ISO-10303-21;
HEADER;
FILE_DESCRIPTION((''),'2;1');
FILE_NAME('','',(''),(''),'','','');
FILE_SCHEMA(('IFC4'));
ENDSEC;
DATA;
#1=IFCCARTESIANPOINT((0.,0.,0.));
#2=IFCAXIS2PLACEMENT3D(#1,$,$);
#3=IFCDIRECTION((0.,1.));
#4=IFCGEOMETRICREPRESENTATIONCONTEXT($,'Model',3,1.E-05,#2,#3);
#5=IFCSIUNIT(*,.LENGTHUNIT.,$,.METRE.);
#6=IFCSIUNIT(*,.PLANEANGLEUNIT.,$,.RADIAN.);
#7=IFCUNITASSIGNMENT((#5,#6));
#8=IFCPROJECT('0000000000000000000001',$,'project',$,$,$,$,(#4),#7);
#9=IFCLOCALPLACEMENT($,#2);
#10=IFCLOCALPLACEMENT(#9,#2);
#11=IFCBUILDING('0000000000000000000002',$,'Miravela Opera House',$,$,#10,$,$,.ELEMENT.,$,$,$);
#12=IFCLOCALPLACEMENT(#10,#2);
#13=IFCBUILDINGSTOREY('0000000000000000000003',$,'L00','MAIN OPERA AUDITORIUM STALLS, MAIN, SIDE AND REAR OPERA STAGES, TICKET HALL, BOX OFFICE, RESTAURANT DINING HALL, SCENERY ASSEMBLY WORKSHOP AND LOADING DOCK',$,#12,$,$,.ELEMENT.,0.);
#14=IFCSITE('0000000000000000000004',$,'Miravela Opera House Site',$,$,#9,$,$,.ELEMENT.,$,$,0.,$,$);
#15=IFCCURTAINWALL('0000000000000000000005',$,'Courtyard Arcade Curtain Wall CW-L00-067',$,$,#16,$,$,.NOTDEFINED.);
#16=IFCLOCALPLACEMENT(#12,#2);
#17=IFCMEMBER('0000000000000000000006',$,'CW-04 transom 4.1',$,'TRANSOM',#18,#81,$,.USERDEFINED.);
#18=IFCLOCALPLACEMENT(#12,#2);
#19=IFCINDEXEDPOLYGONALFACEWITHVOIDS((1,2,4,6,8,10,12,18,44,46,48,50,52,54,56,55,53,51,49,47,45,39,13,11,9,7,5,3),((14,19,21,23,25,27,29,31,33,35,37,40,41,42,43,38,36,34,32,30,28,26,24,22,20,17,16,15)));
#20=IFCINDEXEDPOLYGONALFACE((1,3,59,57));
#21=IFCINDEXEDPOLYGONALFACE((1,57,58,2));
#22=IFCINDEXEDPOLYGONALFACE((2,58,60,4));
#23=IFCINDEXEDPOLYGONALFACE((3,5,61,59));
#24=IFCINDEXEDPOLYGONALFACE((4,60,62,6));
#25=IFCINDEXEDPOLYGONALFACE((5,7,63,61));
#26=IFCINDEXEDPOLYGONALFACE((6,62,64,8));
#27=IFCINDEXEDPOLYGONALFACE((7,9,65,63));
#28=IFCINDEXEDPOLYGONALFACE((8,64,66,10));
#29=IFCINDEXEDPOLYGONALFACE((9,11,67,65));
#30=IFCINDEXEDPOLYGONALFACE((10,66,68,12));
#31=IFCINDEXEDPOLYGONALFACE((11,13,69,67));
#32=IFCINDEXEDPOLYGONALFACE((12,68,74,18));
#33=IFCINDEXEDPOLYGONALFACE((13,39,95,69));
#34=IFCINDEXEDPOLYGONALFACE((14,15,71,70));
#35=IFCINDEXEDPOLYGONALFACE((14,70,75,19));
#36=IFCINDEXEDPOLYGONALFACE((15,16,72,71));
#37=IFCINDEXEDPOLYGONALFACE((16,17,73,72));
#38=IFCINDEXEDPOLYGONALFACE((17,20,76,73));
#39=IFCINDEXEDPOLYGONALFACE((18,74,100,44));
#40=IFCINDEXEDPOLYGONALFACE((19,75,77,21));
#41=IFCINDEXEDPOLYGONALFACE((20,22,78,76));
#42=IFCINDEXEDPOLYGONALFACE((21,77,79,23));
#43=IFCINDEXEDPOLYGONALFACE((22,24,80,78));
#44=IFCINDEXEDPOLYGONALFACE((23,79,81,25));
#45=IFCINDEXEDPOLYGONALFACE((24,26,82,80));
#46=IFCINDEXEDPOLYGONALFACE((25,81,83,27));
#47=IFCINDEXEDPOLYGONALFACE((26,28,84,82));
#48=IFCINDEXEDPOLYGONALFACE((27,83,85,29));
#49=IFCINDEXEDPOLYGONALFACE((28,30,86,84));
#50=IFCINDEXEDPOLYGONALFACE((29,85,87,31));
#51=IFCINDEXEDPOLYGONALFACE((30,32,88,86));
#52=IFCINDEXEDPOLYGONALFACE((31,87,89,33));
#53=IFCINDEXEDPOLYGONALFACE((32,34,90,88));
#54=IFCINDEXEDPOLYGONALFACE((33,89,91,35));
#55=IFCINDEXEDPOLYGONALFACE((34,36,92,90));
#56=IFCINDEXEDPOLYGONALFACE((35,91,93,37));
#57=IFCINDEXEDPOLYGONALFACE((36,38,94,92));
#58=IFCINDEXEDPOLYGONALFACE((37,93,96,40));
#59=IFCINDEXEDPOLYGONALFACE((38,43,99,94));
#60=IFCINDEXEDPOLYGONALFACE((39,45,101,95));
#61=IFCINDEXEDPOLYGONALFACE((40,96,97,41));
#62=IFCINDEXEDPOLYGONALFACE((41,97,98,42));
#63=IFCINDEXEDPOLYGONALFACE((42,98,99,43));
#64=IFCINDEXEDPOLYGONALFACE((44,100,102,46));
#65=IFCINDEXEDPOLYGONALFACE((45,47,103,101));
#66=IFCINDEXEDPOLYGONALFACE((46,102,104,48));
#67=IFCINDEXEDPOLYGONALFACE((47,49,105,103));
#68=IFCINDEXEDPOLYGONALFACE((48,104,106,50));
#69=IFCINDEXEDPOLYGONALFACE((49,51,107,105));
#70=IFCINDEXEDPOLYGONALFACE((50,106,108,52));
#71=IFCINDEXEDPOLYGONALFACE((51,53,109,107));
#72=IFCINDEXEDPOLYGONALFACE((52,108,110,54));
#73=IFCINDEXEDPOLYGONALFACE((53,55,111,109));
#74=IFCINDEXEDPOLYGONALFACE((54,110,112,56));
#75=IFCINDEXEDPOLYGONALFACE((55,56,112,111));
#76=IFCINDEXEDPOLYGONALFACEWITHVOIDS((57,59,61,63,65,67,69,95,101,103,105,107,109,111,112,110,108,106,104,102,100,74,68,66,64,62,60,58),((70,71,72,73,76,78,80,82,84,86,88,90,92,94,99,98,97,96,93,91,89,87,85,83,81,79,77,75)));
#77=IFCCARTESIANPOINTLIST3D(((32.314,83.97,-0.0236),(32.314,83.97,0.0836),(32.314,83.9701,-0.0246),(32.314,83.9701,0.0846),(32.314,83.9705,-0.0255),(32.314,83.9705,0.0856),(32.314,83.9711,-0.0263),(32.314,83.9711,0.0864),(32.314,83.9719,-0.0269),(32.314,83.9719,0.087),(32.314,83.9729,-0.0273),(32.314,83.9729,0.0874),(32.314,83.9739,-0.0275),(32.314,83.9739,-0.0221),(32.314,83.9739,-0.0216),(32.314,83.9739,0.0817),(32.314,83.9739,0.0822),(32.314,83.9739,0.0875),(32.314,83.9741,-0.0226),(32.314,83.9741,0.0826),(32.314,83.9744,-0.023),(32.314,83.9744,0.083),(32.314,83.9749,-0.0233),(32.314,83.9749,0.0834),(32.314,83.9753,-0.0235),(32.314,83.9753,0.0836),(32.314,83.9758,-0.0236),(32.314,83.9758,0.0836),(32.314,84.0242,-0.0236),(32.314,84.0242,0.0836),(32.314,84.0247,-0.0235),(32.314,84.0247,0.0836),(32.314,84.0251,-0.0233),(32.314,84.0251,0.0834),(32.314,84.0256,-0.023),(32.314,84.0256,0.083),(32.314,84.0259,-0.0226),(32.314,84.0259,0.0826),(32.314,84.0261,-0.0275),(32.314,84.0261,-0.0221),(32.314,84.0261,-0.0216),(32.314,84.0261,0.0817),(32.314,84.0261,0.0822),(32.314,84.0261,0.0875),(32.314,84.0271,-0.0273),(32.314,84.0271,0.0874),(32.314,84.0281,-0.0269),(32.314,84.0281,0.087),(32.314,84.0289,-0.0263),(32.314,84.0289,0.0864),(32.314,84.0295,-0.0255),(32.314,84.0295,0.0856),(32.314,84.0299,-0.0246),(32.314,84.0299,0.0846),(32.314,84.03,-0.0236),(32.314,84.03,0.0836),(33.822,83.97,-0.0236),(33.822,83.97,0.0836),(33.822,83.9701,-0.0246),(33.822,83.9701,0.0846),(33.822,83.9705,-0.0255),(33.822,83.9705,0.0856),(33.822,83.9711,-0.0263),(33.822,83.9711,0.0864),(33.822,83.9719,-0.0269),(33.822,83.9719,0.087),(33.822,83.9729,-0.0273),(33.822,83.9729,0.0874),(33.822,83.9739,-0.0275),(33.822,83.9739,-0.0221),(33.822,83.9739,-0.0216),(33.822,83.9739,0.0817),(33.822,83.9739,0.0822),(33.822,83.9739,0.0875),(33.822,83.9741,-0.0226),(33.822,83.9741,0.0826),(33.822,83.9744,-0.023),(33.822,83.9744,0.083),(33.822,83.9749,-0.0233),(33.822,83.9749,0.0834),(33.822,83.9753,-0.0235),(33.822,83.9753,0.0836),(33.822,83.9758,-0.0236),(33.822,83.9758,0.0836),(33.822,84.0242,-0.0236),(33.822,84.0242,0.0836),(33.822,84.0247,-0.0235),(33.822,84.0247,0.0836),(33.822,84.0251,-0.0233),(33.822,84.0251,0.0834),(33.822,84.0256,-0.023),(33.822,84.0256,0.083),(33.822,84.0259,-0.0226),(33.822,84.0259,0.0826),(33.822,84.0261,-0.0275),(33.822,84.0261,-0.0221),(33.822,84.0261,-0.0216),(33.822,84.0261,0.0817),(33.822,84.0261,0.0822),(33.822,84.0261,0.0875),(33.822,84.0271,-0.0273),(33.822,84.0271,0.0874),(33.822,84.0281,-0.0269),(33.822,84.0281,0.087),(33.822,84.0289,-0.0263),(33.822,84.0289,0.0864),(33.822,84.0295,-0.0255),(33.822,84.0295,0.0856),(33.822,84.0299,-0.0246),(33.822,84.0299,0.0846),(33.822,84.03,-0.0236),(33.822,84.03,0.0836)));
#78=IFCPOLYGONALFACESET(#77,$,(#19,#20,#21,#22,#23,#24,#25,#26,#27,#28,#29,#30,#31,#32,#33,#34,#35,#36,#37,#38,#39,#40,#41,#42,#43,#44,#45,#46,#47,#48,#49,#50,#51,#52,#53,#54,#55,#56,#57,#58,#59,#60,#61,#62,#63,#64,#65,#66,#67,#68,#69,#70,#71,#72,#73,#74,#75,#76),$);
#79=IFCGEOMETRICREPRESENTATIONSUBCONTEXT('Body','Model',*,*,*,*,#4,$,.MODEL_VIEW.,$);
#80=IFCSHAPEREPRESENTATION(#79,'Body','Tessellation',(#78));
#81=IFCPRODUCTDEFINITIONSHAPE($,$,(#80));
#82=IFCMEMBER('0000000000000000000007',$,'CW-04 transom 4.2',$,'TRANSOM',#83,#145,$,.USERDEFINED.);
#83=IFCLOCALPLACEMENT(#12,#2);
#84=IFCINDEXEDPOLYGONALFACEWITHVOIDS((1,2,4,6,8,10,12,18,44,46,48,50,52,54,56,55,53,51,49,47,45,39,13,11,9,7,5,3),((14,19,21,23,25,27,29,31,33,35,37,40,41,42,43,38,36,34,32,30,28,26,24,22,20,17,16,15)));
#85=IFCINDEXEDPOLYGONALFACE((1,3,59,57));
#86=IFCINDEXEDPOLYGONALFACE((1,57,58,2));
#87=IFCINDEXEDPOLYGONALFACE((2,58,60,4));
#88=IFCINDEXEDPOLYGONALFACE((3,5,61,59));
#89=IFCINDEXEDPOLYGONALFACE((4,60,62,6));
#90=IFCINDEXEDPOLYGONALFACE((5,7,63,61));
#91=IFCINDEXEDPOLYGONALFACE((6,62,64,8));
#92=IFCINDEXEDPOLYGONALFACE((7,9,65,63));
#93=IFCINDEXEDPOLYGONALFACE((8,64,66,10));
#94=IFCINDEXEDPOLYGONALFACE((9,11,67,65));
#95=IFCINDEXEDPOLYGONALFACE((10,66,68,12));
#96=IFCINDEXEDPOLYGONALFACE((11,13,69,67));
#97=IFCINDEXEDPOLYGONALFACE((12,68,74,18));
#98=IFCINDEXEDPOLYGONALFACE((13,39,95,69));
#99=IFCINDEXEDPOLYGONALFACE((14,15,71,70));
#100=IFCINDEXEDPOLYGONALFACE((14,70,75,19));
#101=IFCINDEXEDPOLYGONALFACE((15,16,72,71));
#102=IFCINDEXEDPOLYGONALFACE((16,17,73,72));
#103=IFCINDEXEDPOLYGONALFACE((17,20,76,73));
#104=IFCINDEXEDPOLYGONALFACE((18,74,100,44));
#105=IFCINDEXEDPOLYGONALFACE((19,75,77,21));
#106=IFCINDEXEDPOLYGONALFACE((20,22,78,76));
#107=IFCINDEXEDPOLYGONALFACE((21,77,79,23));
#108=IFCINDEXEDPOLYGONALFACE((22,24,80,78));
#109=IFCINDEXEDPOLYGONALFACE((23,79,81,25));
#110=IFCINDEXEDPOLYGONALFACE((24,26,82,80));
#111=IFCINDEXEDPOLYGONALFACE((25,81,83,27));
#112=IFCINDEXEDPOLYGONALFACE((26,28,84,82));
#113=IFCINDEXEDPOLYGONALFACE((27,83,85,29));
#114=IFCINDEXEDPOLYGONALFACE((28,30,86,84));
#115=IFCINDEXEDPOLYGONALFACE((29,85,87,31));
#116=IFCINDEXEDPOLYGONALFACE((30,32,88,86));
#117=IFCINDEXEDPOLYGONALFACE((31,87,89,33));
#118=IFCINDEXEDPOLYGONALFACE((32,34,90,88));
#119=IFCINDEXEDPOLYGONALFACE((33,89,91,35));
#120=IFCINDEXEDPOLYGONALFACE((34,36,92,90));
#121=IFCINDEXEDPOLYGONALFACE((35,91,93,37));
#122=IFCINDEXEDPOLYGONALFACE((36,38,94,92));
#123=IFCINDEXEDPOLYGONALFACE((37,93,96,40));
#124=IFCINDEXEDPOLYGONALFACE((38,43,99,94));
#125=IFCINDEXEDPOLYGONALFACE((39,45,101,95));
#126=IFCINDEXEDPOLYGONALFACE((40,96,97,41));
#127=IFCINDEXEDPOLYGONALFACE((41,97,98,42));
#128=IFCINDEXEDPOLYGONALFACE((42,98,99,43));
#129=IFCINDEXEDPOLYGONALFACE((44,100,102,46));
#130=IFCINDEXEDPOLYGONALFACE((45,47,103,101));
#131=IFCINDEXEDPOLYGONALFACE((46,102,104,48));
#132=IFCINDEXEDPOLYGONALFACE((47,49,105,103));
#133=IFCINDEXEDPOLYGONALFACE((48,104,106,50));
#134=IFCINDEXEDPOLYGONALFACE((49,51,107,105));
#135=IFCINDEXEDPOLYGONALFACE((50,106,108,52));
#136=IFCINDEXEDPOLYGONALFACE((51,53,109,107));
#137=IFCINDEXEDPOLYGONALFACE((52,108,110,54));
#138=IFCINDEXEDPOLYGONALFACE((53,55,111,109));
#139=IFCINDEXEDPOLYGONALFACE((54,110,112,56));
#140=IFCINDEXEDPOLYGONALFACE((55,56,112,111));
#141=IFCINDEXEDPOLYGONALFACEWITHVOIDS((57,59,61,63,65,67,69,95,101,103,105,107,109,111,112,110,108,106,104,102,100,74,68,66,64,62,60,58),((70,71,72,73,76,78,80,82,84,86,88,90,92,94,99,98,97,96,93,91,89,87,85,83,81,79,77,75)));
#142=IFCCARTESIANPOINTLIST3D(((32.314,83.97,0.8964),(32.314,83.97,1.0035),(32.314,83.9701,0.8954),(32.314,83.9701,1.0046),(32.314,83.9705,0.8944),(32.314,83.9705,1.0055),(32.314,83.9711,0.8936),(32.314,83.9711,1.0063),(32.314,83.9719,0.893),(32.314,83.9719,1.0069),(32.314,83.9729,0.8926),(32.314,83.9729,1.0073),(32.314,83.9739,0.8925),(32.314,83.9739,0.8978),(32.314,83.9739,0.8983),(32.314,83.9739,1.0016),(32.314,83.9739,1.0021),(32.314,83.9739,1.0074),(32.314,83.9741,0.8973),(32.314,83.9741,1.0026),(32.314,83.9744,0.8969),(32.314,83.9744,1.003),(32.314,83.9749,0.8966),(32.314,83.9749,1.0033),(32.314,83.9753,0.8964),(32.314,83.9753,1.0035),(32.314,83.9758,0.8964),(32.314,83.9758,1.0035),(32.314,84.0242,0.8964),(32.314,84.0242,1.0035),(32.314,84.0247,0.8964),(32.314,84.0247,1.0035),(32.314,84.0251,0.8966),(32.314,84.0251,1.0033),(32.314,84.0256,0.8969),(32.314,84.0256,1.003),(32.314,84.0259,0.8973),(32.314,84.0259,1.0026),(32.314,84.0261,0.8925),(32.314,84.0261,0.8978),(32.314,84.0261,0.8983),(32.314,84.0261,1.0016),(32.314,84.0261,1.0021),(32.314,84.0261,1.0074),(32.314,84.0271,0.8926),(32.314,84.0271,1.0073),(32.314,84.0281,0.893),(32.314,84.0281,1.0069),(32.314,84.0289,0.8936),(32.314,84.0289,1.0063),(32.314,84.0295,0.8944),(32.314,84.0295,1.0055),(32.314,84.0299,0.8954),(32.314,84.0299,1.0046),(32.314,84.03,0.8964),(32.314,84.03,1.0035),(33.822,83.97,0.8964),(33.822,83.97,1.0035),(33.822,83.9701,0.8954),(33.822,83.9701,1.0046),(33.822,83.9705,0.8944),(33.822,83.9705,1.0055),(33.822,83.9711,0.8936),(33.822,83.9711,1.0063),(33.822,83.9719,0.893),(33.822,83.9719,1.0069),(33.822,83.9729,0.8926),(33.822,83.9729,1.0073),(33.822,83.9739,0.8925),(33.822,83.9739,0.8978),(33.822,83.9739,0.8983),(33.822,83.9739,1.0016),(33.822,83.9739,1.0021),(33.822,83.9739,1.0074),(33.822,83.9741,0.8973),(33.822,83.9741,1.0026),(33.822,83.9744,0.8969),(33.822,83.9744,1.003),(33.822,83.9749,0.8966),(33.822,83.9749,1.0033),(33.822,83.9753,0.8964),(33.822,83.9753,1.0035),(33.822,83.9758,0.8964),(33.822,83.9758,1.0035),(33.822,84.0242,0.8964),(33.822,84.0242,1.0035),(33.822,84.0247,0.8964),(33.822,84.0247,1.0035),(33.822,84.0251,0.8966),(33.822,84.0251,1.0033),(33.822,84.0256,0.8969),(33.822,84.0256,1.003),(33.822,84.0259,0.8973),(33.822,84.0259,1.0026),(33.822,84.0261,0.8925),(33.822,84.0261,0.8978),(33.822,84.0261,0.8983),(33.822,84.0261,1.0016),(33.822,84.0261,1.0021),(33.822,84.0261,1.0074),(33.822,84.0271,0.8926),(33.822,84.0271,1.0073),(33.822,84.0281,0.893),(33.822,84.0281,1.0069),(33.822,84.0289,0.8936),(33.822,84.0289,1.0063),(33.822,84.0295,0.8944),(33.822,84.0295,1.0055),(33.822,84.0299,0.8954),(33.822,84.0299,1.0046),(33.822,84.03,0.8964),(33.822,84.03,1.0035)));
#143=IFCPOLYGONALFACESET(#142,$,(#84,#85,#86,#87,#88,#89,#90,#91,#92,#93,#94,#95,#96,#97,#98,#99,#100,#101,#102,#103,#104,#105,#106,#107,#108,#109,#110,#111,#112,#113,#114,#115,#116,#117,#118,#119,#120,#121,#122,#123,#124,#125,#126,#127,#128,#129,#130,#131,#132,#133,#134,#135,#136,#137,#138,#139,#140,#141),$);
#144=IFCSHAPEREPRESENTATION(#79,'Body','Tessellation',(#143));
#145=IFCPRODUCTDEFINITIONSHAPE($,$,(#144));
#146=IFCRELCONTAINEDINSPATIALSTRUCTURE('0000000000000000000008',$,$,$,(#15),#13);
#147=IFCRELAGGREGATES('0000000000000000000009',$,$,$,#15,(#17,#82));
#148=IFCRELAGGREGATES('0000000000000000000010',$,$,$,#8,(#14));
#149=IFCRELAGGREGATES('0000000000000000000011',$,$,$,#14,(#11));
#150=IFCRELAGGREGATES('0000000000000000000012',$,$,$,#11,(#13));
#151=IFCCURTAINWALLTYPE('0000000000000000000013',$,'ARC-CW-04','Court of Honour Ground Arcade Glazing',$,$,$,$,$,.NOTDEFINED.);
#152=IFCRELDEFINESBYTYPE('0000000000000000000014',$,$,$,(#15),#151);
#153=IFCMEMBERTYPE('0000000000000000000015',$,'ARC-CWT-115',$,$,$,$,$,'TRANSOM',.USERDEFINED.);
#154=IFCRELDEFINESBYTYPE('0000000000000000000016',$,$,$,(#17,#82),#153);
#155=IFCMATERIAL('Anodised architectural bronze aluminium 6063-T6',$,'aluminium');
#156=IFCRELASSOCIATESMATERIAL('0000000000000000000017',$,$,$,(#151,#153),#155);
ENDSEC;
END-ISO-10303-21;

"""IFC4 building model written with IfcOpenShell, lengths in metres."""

from ifc_helpers import new_model, si_unit, direction, frame, origin, origin_2d, place, context, subcontext, project, spatial, hollow_rectangle, extrude, material, material_profile, profile_set, type_object, element, aggregate, save


model = new_model("IFC4")

# Units and contexts
model_context = context("Model", 3, precision=1e-05, world=origin(), true_north=direction((0.0, 1.0)))
body_context = subcontext(model_context, "Body", "Model", "MODEL_VIEW")
ifc_project = project(units=[si_unit("LENGTHUNIT", "METRE"), si_unit("PLANEANGLEUNIT", "RADIAN")], contexts=[model_context])

# Site, building, storey
site_placement = place(None, origin())
site = spatial("IfcSite", under=ifc_project, at=site_placement, Name="Miravela Opera House Site", CompositionType="ELEMENT", RefElevation=0.0)
building_placement = place(site_placement, origin())
building = spatial("IfcBuilding", under=site, at=building_placement, Name="Miravela Opera House", CompositionType="ELEMENT")
storey_placement = place(building_placement, origin())
storey = spatial("IfcBuildingStorey", under=building, at=storey_placement, Name="L00", Description="MAIN OPERA AUDITORIUM STALLS, MAIN, SIDE AND REAR OPERA STAGES, TICKET HALL, BOX OFFICE, RESTAURANT DINING HALL, SCENERY ASSEMBLY WORKSHOP AND LOADING DOCK", CompositionType="ELEMENT", Elevation=0.0)

# Curtain wall, members
ifc_material_1 = material(Name="Anodised architectural bronze aluminium 6063-T6", Category="aluminium")
curtain_wall_type = type_object("IfcCurtainWallType", Name="ARC-CW-04", Description="Court of Honour Ground Arcade Glazing", PredefinedType="NOTDEFINED", material=ifc_material_1)
curtain_wall_placement = place(storey_placement, origin())
curtain_wall = element("IfcCurtainWall", 1, at=curtain_wall_placement, inside=storey, type_object=curtain_wall_type, Name="Courtyard Arcade Curtain Wall CW-L00-067", PredefinedType="NOTDEFINED")
ifc_material_profile_1 = material_profile(ifc_material_1, hollow_rectangle(XDim=0.0601, YDim=0.115, WallThickness=0.0039, InnerFilletRadius=0.002, OuterFilletRadius=0.0039, at=origin_2d()), Name="CWT-60X115")
ifc_profile_set_1 = profile_set([ifc_material_profile_1])
member_type_1 = type_object("IfcMemberType", Name="ARC-CWT-115", ElementType="TRANSOM", PredefinedType="USERDEFINED", material=ifc_profile_set_1)
member_1_placement = place(storey_placement, frame((32.314, 84.0, 0.03), z_axis=(1.0, 0.0, 0.0), x_axis=(0.0, 1.0, 0.0)))
member_1 = element("IfcMember", 2, at=member_1_placement, type_object=member_type_1, Name="CW-04 transom 4.1", ObjectType="TRANSOM", PredefinedType="USERDEFINED", context=body_context, shape_type="SweptSolid", body=[
    extrude(hollow_rectangle(XDim=0.0601, YDim=0.115, WallThickness=0.0039, InnerFilletRadius=0.002, OuterFilletRadius=0.0039, at=origin_2d()), origin(), (0.0, 0.0, 1.0), 1.5081),
])
member_2_placement = place(storey_placement, frame((32.314, 84.0, 0.95), z_axis=(1.0, 0.0, 0.0), x_axis=(0.0, 1.0, 0.0)))
member_2 = element("IfcMember", 3, at=member_2_placement, type_object=member_type_1, Name="CW-04 transom 4.2", ObjectType="TRANSOM", PredefinedType="USERDEFINED", context=body_context, shape_type="SweptSolid", body=[
    extrude(hollow_rectangle(XDim=0.0601, YDim=0.115, WallThickness=0.0039, InnerFilletRadius=0.002, OuterFilletRadius=0.0039, at=origin_2d()), origin(), (0.0, 0.0, 1.0), 1.5081),
])
aggregate(curtain_wall, [member_1, member_2])

save(model, "model.ifc")
